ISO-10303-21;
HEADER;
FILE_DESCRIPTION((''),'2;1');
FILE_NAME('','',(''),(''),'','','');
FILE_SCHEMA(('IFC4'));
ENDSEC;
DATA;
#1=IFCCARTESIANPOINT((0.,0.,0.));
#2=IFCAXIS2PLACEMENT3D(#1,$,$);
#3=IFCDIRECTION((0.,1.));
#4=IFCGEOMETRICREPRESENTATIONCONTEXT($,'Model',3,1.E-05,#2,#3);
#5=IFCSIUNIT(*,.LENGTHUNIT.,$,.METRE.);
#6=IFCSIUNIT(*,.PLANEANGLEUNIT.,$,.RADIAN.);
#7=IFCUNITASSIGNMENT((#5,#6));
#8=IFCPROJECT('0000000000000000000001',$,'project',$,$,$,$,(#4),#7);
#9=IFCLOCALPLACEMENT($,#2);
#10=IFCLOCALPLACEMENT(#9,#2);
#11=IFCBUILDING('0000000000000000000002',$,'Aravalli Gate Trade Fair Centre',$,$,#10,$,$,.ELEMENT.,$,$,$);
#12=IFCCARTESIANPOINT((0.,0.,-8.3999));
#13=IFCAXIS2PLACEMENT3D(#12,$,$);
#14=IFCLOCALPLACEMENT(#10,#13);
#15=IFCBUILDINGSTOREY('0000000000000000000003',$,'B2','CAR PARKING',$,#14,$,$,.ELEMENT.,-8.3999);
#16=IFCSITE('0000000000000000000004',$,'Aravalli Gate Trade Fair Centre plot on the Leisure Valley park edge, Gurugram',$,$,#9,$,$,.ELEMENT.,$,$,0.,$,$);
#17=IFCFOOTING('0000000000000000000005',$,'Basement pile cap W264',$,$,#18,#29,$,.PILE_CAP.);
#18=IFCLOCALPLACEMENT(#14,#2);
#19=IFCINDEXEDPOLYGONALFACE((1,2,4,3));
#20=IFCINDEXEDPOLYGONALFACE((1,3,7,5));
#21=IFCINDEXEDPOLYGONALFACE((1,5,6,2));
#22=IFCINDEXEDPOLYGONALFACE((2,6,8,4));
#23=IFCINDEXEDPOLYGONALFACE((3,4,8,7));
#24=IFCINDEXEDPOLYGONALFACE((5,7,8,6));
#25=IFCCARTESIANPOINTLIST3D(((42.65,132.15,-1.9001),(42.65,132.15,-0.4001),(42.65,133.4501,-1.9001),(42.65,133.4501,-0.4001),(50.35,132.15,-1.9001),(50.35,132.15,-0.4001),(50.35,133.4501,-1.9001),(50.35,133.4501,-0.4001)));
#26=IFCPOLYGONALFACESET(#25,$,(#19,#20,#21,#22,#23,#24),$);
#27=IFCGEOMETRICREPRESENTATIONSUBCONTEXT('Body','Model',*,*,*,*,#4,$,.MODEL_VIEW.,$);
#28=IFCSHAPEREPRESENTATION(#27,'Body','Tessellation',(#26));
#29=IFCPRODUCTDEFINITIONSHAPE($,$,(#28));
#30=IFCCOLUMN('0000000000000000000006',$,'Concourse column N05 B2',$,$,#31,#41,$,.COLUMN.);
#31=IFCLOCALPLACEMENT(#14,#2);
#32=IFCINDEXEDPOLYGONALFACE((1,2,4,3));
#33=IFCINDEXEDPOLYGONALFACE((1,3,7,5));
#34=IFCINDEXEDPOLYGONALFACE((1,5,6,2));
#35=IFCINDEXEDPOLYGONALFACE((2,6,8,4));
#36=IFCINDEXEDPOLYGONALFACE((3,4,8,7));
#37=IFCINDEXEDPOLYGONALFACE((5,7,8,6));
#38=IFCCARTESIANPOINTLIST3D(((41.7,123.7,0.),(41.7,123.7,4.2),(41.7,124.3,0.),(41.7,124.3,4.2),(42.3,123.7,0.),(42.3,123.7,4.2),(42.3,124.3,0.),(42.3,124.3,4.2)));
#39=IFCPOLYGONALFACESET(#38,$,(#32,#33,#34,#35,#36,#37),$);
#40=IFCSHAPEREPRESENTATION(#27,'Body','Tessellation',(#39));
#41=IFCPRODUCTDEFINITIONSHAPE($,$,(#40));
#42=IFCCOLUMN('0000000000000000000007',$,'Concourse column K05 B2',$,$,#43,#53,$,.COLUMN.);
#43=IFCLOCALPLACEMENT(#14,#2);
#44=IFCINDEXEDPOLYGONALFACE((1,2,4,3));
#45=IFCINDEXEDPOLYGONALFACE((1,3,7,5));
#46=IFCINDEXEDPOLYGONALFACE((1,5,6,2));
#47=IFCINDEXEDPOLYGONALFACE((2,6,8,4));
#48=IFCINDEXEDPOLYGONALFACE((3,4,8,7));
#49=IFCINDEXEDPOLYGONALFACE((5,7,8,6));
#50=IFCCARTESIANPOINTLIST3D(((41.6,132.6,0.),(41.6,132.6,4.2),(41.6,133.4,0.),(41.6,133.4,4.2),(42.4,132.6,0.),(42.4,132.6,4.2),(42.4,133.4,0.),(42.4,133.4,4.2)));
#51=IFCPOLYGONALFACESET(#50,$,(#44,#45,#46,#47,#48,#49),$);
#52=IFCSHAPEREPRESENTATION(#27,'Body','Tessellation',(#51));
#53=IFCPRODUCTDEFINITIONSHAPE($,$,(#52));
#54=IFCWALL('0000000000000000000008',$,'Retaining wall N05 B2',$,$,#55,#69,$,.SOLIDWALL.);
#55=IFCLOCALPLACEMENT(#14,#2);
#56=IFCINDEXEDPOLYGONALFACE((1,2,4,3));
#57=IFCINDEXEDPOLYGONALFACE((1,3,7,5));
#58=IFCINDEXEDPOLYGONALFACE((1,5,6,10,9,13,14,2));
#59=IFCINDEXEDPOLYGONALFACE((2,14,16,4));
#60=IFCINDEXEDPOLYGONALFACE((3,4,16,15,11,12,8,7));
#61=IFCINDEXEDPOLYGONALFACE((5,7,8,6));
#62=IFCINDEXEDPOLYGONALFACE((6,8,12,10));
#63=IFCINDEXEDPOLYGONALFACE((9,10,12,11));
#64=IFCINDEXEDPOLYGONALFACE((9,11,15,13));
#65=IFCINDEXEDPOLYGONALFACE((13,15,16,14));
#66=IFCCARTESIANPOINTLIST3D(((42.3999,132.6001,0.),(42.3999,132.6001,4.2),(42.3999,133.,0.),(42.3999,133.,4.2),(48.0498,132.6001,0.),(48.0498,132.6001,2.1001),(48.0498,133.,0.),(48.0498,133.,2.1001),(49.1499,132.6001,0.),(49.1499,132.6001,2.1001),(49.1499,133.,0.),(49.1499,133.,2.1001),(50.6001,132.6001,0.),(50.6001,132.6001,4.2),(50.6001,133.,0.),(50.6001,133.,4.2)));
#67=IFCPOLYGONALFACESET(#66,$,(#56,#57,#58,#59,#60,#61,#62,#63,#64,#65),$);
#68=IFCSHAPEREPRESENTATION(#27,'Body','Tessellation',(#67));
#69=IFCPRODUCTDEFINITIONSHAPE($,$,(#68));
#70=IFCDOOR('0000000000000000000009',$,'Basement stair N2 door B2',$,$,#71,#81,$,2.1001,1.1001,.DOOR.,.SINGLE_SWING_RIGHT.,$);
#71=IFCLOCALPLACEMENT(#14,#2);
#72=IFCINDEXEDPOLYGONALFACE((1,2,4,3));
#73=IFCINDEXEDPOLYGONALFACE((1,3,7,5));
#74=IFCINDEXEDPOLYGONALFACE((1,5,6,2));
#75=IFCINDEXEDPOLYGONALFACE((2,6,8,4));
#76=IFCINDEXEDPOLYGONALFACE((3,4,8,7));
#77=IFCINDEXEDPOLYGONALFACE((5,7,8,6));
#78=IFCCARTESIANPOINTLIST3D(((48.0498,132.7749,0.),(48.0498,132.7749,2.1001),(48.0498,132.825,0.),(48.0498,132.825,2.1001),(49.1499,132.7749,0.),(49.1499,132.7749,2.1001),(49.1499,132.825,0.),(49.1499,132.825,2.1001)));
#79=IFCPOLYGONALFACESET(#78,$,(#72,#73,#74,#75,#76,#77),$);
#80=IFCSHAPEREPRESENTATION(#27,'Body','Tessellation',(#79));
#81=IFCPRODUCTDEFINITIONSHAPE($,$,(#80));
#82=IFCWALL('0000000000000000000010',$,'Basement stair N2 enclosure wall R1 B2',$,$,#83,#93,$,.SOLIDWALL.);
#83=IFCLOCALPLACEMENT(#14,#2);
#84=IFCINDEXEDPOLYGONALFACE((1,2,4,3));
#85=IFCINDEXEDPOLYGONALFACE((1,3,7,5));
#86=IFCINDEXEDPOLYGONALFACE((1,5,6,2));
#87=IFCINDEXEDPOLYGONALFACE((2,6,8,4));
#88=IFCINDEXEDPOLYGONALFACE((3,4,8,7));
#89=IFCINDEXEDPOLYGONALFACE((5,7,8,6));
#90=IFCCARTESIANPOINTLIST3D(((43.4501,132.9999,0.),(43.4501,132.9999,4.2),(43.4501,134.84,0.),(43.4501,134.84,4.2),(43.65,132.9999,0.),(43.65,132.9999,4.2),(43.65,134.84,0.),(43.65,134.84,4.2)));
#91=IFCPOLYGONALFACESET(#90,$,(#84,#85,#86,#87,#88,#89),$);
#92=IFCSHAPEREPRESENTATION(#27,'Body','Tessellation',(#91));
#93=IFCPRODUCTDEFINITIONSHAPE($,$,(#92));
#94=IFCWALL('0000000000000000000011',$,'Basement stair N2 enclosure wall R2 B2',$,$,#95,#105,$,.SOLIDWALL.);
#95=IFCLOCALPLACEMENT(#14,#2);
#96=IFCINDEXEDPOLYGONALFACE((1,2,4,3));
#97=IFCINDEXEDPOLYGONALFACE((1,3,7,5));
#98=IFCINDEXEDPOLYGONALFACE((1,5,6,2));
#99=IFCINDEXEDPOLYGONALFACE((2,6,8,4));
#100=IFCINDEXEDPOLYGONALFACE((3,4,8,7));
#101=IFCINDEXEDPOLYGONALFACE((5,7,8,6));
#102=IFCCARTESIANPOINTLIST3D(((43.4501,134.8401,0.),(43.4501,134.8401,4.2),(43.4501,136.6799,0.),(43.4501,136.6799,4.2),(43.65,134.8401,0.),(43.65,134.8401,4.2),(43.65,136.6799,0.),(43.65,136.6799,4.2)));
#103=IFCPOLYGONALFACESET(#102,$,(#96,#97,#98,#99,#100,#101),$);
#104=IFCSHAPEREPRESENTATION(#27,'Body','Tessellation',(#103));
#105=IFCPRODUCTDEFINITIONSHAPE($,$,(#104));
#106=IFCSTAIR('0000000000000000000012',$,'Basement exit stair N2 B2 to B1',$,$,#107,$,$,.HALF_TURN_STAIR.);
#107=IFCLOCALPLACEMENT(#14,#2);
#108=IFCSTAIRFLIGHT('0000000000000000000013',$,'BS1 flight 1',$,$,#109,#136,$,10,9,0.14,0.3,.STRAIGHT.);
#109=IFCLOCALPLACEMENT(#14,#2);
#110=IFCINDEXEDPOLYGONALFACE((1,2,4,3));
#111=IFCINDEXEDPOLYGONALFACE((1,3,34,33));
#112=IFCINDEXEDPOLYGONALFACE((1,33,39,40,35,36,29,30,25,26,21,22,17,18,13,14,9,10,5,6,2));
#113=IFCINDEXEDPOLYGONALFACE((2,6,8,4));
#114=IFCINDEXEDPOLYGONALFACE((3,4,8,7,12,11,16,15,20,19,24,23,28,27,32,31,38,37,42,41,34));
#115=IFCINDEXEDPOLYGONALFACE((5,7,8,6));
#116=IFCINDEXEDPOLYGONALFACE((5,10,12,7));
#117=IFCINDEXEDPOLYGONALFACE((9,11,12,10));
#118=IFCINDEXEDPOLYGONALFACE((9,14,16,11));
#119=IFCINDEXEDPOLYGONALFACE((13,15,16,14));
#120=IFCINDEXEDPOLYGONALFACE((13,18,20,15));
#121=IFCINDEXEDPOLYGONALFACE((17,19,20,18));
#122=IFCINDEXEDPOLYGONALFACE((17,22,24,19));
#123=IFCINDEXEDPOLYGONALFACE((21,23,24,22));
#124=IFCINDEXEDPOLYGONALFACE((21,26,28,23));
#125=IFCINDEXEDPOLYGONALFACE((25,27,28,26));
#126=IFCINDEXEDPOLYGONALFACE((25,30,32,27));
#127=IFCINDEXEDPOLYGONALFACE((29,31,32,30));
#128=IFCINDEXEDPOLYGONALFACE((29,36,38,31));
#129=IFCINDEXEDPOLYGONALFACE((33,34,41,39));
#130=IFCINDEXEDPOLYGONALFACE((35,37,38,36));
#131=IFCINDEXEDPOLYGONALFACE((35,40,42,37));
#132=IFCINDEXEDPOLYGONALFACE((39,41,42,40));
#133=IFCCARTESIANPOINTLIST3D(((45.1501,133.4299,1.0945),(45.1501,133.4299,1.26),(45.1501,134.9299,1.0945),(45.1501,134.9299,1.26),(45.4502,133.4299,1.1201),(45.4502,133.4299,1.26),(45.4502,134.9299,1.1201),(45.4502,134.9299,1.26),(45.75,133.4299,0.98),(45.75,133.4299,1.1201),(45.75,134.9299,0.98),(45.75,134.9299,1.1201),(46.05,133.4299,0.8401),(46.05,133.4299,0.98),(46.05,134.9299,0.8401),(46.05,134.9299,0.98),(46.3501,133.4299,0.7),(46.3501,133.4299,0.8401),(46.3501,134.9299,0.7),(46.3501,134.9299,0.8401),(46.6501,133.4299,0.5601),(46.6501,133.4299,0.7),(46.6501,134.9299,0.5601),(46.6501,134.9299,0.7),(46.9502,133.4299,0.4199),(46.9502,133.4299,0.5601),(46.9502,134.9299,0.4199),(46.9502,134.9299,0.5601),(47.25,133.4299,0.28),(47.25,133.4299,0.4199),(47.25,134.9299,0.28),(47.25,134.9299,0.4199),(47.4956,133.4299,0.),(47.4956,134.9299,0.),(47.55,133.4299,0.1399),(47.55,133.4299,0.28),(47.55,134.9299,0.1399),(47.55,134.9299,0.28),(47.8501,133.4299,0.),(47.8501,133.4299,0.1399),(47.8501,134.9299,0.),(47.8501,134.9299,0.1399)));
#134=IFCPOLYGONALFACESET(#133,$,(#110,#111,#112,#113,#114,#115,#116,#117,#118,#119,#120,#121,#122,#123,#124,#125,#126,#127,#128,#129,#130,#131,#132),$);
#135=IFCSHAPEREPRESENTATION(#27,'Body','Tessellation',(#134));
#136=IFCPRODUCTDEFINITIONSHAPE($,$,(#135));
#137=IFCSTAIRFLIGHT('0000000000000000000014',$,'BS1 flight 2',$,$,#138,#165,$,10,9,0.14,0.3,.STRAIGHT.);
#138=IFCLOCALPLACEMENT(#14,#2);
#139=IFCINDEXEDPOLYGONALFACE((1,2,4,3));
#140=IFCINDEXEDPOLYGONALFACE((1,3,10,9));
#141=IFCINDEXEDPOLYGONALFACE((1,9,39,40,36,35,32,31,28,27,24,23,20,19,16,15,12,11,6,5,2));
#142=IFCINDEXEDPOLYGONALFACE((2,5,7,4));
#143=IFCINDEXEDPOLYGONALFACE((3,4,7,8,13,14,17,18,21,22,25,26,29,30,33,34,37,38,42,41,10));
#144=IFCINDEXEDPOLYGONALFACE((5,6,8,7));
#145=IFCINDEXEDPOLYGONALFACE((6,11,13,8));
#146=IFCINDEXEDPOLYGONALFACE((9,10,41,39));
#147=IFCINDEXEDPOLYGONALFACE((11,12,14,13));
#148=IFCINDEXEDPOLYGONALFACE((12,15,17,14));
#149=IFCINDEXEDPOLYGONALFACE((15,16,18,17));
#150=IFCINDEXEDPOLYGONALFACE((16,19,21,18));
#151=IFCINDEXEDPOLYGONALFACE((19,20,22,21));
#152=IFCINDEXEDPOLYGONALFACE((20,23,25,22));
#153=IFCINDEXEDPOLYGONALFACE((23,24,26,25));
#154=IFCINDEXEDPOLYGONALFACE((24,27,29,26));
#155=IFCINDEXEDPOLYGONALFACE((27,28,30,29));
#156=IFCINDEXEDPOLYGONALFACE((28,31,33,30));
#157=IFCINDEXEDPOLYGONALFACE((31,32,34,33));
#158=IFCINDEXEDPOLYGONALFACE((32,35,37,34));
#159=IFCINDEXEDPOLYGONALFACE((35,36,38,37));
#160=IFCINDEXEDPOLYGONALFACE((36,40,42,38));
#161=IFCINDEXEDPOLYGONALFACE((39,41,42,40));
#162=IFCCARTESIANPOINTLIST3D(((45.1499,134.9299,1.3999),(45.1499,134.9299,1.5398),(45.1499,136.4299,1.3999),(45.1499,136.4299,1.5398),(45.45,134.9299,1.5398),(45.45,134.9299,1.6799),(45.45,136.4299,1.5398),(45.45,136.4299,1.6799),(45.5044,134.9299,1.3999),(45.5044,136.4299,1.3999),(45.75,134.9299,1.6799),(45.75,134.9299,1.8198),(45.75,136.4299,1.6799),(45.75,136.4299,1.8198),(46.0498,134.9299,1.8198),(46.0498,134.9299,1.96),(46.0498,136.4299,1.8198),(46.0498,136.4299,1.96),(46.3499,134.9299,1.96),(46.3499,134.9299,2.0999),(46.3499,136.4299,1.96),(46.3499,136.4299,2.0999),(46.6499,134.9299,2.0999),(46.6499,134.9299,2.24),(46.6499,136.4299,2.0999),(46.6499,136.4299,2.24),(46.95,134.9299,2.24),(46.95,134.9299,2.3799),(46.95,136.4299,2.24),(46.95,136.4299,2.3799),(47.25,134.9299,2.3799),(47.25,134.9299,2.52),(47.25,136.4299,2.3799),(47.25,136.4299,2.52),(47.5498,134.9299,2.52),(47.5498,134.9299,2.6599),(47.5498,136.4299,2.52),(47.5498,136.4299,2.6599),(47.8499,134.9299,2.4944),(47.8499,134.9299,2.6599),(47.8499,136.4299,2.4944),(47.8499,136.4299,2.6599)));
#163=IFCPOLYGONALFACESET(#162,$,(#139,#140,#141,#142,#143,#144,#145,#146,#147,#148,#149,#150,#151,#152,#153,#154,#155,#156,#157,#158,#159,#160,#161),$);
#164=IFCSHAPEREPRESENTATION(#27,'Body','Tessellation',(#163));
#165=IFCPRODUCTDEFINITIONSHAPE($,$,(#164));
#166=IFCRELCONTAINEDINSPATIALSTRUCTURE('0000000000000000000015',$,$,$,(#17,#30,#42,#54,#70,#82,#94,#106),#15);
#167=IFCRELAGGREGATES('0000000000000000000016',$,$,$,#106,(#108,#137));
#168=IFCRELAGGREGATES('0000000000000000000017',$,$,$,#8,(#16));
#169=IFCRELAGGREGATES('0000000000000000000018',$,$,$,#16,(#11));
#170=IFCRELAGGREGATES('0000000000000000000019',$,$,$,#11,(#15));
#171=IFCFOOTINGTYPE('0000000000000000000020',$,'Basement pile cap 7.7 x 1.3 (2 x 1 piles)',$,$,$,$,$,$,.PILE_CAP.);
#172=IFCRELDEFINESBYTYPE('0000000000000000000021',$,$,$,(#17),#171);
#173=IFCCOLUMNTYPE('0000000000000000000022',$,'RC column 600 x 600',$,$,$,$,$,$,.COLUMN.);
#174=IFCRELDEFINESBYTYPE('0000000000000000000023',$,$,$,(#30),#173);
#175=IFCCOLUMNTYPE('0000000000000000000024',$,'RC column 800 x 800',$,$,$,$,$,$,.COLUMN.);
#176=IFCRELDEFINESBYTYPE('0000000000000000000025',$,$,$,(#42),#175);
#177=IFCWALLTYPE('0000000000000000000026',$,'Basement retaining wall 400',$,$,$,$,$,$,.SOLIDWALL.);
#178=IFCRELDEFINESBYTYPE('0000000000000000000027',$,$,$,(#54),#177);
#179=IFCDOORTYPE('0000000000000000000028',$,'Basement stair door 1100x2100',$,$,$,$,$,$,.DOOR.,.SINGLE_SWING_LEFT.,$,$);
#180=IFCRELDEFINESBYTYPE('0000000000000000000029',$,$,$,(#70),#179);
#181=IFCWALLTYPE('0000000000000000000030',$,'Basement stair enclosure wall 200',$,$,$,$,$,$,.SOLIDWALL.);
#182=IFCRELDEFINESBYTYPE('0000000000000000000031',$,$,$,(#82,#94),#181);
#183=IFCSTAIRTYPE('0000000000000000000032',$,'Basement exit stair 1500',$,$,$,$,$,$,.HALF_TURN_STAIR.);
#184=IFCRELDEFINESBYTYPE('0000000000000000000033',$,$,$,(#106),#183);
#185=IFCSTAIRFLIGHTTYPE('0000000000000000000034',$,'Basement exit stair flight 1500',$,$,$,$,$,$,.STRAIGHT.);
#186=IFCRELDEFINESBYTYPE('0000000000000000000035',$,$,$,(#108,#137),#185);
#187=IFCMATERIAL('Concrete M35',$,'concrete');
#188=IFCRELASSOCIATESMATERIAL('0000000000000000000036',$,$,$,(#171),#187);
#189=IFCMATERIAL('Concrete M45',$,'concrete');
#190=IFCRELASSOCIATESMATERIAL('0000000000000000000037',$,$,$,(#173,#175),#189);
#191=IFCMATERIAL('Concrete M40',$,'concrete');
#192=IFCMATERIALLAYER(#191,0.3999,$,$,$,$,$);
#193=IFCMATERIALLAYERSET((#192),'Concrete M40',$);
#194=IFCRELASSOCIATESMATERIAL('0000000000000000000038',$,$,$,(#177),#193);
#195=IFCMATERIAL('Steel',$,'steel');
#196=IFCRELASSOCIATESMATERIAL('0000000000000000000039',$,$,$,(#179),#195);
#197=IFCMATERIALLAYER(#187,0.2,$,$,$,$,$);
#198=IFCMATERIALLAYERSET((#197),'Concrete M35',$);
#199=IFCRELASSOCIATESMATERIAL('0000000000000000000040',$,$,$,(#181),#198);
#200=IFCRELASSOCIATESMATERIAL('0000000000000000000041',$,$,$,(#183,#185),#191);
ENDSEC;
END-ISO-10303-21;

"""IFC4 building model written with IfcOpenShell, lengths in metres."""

from ifc_helpers import new_model, si_unit, direction, frame, frame_2d, origin, origin_2d, place, context, subcontext, project, spatial, polyline, rectangle, outline, extrude, material, layer, layer_set, material_profile, profile_set, type_object, element, fill, aggregate, save


model = new_model("IFC4")

# Units and contexts
model_context = context("Model", 3, precision=1e-05, world=origin(), true_north=direction((0.0, 1.0)))
body_context = subcontext(model_context, "Body", "Model", "MODEL_VIEW")
ifc_project = project(units=[si_unit("LENGTHUNIT", "METRE"), si_unit("PLANEANGLEUNIT", "RADIAN")], contexts=[model_context])

# Site, building, storey
site_placement = place(None, origin())
site = spatial("IfcSite", under=ifc_project, at=site_placement, Name="Aravalli Gate Trade Fair Centre plot on the Leisure Valley park edge, Gurugram", CompositionType="ELEMENT", RefElevation=0.0)
building_placement = place(site_placement, origin())
building = spatial("IfcBuilding", under=site, at=building_placement, Name="Aravalli Gate Trade Fair Centre", CompositionType="ELEMENT")
storey_placement = place(building_placement, frame((0.0, 0.0, -8.3999)))
storey = spatial("IfcBuildingStorey", under=building, at=storey_placement, Name="B2", Description="CAR PARKING", CompositionType="ELEMENT", Elevation=-8.3999)

# Shared definitions
ifc_material_1 = material(Name="Concrete M35", Category="concrete")

# Footing
footing_type_1 = type_object("IfcFootingType", Name="Basement pile cap 7.7 x 1.3 (2 x 1 piles)", PredefinedType="PILE_CAP", material=ifc_material_1)
footing_placement = place(storey_placement, frame((46.5, 132.8, -1.9001), z_axis=(0.0, 0.0, 1.0), x_axis=(1.0, 0.0, 0.0)))
element("IfcFooting", 1, at=footing_placement, inside=storey, type_object=footing_type_1, Name="Basement pile cap W264", PredefinedType="PILE_CAP", context=body_context, shape_type="SweptSolid", body=[
    extrude(rectangle(XDim=7.7, YDim=1.3, at=origin_2d()), origin(), (0.0, 0.0, 1.0), 1.5),
])

# Columns
ifc_material_2 = material(Name="Concrete M45", Category="concrete")
ifc_material_profile_1 = material_profile(ifc_material_2, rectangle(XDim=0.6001, YDim=0.6001, at=origin_2d()), Name="RC column 600 x 600")
ifc_profile_set_1 = profile_set([ifc_material_profile_1], Name="Concrete M45")
column_type_1 = type_object("IfcColumnType", Name="RC column 600 x 600", PredefinedType="COLUMN", material=ifc_profile_set_1)
column_1_placement = place(storey_placement, frame((42.0, 124.0, 0.0), z_axis=(0.0, 0.0, 1.0), x_axis=(1.0, 0.0, 0.0)))
element("IfcColumn", 2, at=column_1_placement, inside=storey, type_object=column_type_1, Name="Concourse column N05 B2", PredefinedType="COLUMN", context=body_context, shape_type="SweptSolid", body=[
    extrude(rectangle(XDim=0.6001, YDim=0.6001, at=origin_2d()), origin(), (0.0, 0.0, 1.0), 4.2),
])
ifc_material_profile_2 = material_profile(ifc_material_2, rectangle(XDim=0.8, YDim=0.8, at=origin_2d()), Name="RC column 800 x 800")
ifc_profile_set_2 = profile_set([ifc_material_profile_2], Name="Concrete M45")
column_type_2 = type_object("IfcColumnType", Name="RC column 800 x 800", PredefinedType="COLUMN", material=ifc_profile_set_2)
column_2_placement = place(storey_placement, frame((42.0, 133.0, 0.0), z_axis=(0.0, 0.0, 1.0), x_axis=(1.0, 0.0, 0.0)))
element("IfcColumn", 3, at=column_2_placement, inside=storey, type_object=column_type_2, Name="Concourse column K05 B2", PredefinedType="COLUMN", context=body_context, shape_type="SweptSolid", body=[
    extrude(rectangle(XDim=0.8, YDim=0.8, at=origin_2d()), origin(), (0.0, 0.0, 1.0), 4.2),
])

# Wall, opening, door
ifc_material_3 = material(Name="Concrete M40", Category="concrete")
ifc_layer_1 = layer(ifc_material_3, 0.3999)
ifc_layer_set_1 = layer_set([ifc_layer_1], Name="Concrete M40")
wall_type_1 = type_object("IfcWallType", Name="Basement retaining wall 400", PredefinedType="SOLIDWALL", material=ifc_layer_set_1)
wall_1_placement = place(storey_placement, frame((42.3999, 132.8, 0.0), z_axis=(0.0, 0.0, 1.0), x_axis=(1.0, 0.0, 0.0)))
wall_1 = element("IfcWall", 4, at=wall_1_placement, inside=storey, type_object=wall_type_1, Name="Retaining wall N05 B2", PredefinedType="SOLIDWALL", context=body_context, shape_type="SweptSolid", body=[
    extrude(rectangle(XDim=8.2002, YDim=0.3999, at=frame_2d((4.1001, 0.0))), origin(), (0.0, 0.0, 1.0), 4.2),
])
opening_placement = place(wall_1_placement, frame((5.6499, 0.0, 0.0)))
opening = element("IfcOpeningElement", 5, at=opening_placement, cuts=wall_1, PredefinedType="OPENING", context=body_context, shape_type="SweptSolid", body=[
    extrude(rectangle(XDim=1.1001, YDim=2.1001, at=frame_2d((0.55, 1.05))), frame((0.0, 0.21, 0.0), z_axis=(0.0, -1.0, 0.0), x_axis=(1.0, 0.0, 0.0)), (0.0, 0.0, 1.0), 0.4199),
])
ifc_material_4 = material(Name="Steel", Category="steel")
door_type = type_object("IfcDoorType", Name="Basement stair door 1100x2100", OperationType="SINGLE_SWING_LEFT", PredefinedType="DOOR", material=ifc_material_4)
door_placement = place(opening_placement, origin())
door = element("IfcDoor", 6, at=door_placement, inside=storey, type_object=door_type, Name="Basement stair N2 door B2", OperationType="SINGLE_SWING_RIGHT", OverallHeight=2.1001, OverallWidth=1.1001, PredefinedType="DOOR", context=body_context, shape_type="SweptSolid", body=[
    extrude(rectangle(XDim=1.1001, YDim=2.1001, at=frame_2d((0.55, 1.05))), frame((0.0, 0.0249, 0.0), z_axis=(0.0, -1.0, 0.0), x_axis=(1.0, 0.0, 0.0)), (0.0, 0.0, 1.0), 0.05),
])
fill(opening, door)

# Walls
ifc_layer_2 = layer(ifc_material_1, 0.2)
ifc_layer_set_2 = layer_set([ifc_layer_2], Name="Concrete M35")
wall_type_2 = type_object("IfcWallType", Name="Basement stair enclosure wall 200", PredefinedType="SOLIDWALL", material=ifc_layer_set_2)
wall_2_placement = place(storey_placement, frame((43.55, 133.0, 0.0), z_axis=(0.0, 0.0, 1.0), x_axis=(0.0, 1.0, 0.0)))
element("IfcWall", 7, at=wall_2_placement, inside=storey, type_object=wall_type_2, Name="Basement stair N2 enclosure wall R1 B2", PredefinedType="SOLIDWALL", context=body_context, shape_type="SweptSolid", body=[
    extrude(rectangle(XDim=1.8401, YDim=0.2, at=frame_2d((0.9199, 0.0))), origin(), (0.0, 0.0, 1.0), 4.2),
])
wall_3_placement = place(storey_placement, frame((43.55, 134.8401, 0.0), z_axis=(0.0, 0.0, 1.0), x_axis=(0.0, 1.0, 0.0)))
element("IfcWall", 8, at=wall_3_placement, inside=storey, type_object=wall_type_2, Name="Basement stair N2 enclosure wall R2 B2", PredefinedType="SOLIDWALL", context=body_context, shape_type="SweptSolid", body=[
    extrude(rectangle(XDim=1.8398, YDim=0.2, at=frame_2d((0.9199, 0.0))), origin(), (0.0, 0.0, 1.0), 4.2),
])

# Stair, stair flights
stair_type = type_object("IfcStairType", Name="Basement exit stair 1500", PredefinedType="HALF_TURN_STAIR", material=ifc_material_3)
stair_placement = place(storey_placement, origin())
stair = element("IfcStair", 9, at=stair_placement, inside=storey, type_object=stair_type, Name="Basement exit stair N2 B2 to B1", PredefinedType="HALF_TURN_STAIR")
stair_flight_type = type_object("IfcStairFlightType", Name="Basement exit stair flight 1500", PredefinedType="STRAIGHT", material=ifc_material_3)
stair_flight_1_placement = place(storey_placement, frame((47.8501, 134.1799, 0.0), z_axis=(0.0, 0.0, 1.0), x_axis=(-1.0, 0.0, 0.0)))
stair_flight_1 = element("IfcStairFlight", 10, at=stair_flight_1_placement, type_object=stair_flight_type, Name="BS1 flight 1", NumberOfRisers=10, NumberOfTreads=9, PredefinedType="STRAIGHT", RiserHeight=0.14, TreadLength=0.3, context=body_context, shape_type="SweptSolid", body=[
    extrude(outline(polyline([(0.0, 0.0), (0.0, 0.1399), (0.3, 0.1399), (0.3, 0.28), (0.6001, 0.28), (0.6001, 0.4199), (0.8999, 0.4199), (0.8999, 0.5601), (1.2, 0.5601), (1.2, 0.7), (1.5, 0.7), (1.5, 0.8401), (1.8, 0.8401), (1.8, 0.98), (2.1001, 0.98), (2.1001, 1.1201), (2.3999, 1.1201), (2.3999, 1.26), (2.7, 1.26), (2.7, 1.3999), (2.7, 1.0945), (0.3545, 0.0), (0.0, 0.0)])), frame((0.0, 0.75, 0.0), z_axis=(0.0, -1.0, 0.0), x_axis=(1.0, 0.0, 0.0)), (0.0, 0.0, 1.0), 1.5),
])
stair_flight_2_placement = place(storey_placement, frame((45.1499, 135.6799, 1.3999), z_axis=(0.0, 0.0, 1.0), x_axis=(1.0, 0.0, 0.0)))
stair_flight_2 = element("IfcStairFlight", 11, at=stair_flight_2_placement, type_object=stair_flight_type, Name="BS1 flight 2", NumberOfRisers=10, NumberOfTreads=9, PredefinedType="STRAIGHT", RiserHeight=0.14, TreadLength=0.3, context=body_context, shape_type="SweptSolid", body=[
    extrude(outline(polyline([(0.0, 0.0), (0.0, 0.1399), (0.3, 0.1399), (0.3, 0.28), (0.6001, 0.28), (0.6001, 0.4199), (0.8999, 0.4199), (0.8999, 0.5601), (1.2, 0.5601), (1.2, 0.7), (1.5, 0.7), (1.5, 0.8401), (1.8, 0.8401), (1.8, 0.98), (2.1001, 0.98), (2.1001, 1.1201), (2.3999, 1.1201), (2.3999, 1.26), (2.7, 1.26), (2.7, 1.3999), (2.7, 1.0945), (0.3545, 0.0), (0.0, 0.0)])), frame((0.0, 0.75, 0.0), z_axis=(0.0, -1.0, 0.0), x_axis=(1.0, 0.0, 0.0)), (0.0, 0.0, 1.0), 1.5),
])
aggregate(stair, [stair_flight_1, stair_flight_2])

save(model, "model.ifc")
